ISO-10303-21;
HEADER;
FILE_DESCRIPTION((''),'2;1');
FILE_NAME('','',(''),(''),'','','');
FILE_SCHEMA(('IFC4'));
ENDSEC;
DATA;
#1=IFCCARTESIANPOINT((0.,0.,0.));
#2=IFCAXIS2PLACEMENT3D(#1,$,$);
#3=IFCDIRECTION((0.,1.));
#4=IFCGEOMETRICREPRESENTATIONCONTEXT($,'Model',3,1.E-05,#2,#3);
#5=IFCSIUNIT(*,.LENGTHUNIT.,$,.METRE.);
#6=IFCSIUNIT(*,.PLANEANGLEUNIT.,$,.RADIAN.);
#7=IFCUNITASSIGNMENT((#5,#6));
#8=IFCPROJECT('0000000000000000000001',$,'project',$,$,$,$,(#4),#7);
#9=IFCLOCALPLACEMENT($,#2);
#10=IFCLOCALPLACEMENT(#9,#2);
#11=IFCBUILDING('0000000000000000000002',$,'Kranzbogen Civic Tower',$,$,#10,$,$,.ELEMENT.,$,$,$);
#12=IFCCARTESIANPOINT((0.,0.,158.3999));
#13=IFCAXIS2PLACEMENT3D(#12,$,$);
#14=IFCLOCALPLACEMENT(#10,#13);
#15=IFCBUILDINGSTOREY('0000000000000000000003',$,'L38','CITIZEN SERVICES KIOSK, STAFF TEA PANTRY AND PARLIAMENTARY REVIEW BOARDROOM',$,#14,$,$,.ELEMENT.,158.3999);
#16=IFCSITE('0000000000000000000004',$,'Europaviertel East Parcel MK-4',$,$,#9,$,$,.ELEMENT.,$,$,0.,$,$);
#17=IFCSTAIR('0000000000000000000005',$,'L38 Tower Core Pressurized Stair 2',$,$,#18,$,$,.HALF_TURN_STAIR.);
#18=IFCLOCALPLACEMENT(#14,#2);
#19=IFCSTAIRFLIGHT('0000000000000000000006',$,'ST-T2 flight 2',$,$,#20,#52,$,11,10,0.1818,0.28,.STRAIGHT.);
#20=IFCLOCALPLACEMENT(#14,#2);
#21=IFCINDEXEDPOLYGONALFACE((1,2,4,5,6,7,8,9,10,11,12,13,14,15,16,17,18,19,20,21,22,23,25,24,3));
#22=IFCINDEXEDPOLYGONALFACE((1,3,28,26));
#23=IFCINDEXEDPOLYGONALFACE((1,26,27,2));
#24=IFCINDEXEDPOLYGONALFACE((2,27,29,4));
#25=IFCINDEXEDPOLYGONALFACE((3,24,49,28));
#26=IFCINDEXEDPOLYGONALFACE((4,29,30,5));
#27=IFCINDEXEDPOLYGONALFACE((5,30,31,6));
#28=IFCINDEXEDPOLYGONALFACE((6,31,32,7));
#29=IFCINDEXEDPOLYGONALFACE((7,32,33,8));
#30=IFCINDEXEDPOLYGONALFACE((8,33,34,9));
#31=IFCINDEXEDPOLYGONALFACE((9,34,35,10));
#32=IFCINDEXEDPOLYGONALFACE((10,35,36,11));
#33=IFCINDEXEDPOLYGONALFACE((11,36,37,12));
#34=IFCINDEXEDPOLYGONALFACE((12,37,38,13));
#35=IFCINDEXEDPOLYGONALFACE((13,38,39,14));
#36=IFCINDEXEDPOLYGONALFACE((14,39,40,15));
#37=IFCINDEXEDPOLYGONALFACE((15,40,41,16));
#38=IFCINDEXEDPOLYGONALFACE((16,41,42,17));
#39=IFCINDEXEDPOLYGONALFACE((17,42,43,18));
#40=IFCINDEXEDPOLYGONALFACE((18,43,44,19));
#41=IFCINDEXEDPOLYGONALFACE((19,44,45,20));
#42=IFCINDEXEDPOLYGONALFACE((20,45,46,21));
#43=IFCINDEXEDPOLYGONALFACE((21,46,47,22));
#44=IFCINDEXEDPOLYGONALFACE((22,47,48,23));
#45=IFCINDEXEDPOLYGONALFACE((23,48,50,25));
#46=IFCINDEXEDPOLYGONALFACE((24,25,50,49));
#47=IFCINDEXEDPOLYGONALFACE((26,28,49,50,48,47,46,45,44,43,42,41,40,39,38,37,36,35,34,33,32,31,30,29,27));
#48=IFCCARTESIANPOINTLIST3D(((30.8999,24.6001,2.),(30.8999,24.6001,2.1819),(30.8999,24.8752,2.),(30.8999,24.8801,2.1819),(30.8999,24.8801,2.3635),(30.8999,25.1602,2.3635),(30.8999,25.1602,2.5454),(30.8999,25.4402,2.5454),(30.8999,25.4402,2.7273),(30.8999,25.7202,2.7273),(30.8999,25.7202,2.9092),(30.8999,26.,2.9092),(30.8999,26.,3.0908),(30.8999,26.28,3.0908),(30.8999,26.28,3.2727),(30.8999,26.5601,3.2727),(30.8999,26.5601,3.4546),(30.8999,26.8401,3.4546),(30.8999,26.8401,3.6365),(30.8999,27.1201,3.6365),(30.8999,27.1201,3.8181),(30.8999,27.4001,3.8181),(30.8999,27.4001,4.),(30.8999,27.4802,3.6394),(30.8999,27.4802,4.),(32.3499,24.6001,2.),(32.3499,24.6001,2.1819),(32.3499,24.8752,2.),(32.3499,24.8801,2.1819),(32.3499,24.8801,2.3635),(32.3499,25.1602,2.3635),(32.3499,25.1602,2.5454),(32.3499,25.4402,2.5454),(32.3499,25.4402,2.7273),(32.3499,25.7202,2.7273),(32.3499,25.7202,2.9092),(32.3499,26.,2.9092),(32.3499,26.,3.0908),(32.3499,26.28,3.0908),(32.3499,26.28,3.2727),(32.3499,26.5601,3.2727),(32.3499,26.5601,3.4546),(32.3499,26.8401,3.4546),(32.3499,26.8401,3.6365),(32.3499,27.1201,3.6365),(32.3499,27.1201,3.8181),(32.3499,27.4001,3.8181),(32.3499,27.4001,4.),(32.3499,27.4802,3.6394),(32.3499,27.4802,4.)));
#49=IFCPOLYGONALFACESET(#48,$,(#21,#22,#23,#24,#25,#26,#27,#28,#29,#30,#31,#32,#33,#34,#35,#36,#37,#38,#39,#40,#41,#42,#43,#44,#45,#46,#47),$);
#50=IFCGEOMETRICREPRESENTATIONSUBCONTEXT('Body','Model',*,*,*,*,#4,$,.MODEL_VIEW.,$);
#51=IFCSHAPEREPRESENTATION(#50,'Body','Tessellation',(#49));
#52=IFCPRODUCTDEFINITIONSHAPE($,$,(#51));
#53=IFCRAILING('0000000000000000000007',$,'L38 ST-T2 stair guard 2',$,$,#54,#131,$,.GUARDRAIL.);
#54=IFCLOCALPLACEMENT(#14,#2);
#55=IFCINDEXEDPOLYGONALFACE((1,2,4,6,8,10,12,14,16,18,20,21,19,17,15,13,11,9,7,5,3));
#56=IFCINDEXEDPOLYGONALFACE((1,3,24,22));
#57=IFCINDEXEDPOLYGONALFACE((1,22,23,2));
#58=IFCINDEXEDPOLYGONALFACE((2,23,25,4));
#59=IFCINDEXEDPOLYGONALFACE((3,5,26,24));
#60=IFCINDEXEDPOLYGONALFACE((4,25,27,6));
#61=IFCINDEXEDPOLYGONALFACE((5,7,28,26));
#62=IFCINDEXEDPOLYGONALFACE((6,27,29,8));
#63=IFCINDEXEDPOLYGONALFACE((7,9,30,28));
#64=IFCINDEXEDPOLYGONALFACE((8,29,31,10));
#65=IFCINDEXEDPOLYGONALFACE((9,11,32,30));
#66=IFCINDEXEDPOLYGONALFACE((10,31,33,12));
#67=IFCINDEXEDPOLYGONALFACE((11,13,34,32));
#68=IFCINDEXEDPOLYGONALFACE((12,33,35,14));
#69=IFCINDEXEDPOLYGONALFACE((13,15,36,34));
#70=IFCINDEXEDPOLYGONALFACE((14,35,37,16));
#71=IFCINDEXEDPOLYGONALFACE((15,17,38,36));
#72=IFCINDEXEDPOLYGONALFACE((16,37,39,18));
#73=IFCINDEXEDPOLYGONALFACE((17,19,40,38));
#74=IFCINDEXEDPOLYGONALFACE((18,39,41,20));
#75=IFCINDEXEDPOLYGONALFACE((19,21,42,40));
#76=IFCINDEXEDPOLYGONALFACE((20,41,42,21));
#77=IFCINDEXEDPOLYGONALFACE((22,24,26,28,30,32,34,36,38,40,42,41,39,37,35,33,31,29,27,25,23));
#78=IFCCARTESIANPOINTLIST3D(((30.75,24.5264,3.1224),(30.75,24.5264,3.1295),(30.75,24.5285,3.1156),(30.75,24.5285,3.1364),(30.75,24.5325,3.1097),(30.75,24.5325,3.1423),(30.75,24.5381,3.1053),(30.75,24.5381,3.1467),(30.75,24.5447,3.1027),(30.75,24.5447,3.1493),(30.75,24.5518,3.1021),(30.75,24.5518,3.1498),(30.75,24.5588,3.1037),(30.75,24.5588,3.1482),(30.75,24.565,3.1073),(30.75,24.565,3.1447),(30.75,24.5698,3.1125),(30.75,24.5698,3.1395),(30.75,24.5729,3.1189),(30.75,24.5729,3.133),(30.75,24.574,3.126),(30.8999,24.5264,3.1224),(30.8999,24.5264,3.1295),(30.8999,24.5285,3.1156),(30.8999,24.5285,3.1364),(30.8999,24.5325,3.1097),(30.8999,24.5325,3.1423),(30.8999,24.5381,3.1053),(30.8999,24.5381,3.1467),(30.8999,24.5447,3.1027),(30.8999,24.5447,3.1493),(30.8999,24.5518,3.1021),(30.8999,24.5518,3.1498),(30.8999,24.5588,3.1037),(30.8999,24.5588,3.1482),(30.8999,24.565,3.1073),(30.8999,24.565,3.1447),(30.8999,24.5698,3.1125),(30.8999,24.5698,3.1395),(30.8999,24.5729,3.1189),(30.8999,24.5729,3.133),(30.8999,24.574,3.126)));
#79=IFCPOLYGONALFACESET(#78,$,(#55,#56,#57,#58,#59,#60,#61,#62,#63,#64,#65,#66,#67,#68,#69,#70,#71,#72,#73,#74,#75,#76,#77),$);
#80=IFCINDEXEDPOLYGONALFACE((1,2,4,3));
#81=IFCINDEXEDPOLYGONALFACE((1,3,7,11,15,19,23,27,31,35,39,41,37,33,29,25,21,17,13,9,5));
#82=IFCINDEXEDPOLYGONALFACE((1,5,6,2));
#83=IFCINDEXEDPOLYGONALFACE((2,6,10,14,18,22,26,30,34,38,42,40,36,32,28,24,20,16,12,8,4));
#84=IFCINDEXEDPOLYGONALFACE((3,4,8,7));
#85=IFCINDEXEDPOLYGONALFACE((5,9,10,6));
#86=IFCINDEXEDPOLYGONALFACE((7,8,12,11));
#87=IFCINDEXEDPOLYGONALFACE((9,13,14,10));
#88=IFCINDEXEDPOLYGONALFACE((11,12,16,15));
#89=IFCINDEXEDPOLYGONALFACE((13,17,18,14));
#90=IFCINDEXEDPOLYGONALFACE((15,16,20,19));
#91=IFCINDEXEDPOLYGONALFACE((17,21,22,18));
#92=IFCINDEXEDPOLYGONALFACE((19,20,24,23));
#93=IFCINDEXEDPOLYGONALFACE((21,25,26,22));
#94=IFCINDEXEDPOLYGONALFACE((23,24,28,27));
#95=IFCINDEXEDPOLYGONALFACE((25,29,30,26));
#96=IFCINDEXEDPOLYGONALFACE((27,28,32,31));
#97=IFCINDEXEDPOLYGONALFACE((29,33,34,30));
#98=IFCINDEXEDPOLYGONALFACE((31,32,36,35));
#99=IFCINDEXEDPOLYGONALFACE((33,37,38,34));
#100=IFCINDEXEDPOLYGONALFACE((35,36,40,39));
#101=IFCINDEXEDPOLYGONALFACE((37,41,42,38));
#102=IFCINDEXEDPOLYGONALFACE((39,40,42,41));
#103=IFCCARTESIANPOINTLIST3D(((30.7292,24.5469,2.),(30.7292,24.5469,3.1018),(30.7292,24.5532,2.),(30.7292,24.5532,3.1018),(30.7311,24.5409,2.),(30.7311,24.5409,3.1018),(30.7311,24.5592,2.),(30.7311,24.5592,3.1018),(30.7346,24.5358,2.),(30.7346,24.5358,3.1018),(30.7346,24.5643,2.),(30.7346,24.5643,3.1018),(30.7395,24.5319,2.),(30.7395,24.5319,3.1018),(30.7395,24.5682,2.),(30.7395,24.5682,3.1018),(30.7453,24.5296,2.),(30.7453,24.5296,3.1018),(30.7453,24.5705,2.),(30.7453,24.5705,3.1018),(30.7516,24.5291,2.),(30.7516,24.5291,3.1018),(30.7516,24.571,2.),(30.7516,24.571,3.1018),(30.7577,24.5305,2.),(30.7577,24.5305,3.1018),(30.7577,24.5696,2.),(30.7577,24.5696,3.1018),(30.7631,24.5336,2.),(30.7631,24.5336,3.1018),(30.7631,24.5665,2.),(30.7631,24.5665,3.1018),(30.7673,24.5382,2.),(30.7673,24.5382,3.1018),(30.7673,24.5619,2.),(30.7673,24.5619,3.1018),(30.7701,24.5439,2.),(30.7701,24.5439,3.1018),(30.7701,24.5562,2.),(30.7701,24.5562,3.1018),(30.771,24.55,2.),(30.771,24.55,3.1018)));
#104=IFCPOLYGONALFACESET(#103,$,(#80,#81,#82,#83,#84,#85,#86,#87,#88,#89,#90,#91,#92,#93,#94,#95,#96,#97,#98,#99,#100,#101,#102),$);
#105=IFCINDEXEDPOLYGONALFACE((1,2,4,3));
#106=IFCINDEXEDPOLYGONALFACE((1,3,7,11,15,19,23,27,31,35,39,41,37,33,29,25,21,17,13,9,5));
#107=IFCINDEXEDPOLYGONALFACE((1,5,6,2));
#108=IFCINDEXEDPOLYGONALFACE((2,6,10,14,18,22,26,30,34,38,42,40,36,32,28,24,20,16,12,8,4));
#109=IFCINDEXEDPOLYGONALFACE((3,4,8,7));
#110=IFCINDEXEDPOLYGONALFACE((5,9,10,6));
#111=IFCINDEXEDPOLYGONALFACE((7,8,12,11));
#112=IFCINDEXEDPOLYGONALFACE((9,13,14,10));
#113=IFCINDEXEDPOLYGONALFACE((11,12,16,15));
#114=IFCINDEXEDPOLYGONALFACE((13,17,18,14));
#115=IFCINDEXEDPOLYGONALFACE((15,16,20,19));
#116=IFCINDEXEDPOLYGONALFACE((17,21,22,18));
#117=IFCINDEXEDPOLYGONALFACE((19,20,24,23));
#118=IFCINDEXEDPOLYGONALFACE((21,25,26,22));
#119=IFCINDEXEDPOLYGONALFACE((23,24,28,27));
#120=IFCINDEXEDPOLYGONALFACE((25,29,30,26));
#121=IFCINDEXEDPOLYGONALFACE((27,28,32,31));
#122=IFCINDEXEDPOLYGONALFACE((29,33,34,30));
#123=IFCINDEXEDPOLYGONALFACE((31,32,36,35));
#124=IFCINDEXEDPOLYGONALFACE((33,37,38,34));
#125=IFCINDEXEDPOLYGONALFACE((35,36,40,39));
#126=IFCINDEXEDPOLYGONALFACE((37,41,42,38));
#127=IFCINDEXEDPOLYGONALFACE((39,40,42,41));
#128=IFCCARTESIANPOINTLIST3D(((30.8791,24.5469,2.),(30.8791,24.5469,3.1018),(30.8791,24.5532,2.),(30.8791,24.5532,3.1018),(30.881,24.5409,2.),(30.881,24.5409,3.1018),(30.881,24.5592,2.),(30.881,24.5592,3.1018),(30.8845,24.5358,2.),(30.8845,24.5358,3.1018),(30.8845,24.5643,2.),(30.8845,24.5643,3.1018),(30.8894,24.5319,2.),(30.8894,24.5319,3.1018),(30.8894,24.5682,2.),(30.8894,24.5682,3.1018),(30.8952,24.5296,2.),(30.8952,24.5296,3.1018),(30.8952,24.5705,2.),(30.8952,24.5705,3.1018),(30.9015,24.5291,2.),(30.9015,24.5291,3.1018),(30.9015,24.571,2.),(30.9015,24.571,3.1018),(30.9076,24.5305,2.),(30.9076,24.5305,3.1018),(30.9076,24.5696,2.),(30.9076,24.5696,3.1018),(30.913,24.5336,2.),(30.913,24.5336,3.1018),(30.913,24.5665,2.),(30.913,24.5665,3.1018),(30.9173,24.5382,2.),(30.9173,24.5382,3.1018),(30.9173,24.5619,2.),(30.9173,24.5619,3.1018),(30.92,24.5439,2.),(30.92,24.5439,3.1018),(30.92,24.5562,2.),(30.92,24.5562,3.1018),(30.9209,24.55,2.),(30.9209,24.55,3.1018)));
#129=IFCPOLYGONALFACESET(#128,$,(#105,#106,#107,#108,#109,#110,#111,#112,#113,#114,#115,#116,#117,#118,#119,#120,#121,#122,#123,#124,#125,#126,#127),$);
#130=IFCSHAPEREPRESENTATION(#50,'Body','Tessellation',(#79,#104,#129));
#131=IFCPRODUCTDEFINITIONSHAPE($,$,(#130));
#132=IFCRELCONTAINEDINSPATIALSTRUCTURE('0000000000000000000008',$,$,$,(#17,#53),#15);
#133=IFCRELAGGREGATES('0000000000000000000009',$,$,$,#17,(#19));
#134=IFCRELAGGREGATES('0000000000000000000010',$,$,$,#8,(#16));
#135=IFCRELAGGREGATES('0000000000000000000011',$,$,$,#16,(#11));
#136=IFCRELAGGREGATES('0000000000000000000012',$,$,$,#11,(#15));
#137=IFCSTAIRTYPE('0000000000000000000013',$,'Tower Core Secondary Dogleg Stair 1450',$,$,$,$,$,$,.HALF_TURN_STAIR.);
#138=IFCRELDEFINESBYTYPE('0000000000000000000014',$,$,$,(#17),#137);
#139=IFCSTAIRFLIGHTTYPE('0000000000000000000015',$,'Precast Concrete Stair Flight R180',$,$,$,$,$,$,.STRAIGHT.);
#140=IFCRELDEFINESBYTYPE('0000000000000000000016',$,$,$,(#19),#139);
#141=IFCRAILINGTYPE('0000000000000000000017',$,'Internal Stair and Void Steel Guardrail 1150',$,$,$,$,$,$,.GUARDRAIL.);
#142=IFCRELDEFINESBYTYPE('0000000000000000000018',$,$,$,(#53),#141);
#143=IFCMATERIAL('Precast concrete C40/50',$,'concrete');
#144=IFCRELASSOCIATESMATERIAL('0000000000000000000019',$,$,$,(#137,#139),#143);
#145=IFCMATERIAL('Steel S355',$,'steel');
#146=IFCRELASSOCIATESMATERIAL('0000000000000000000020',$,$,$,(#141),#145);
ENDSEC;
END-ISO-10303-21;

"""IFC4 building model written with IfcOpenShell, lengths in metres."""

from ifc_helpers import new_model, si_unit, direction, frame, origin, origin_2d, place, context, subcontext, project, spatial, polyline, circle, outline, extrude, material, type_object, element, aggregate, save


model = new_model("IFC4")

# Units and contexts
model_context = context("Model", 3, precision=1e-05, world=origin(), true_north=direction((0.0, 1.0)))
body_context = subcontext(model_context, "Body", "Model", "MODEL_VIEW")
ifc_project = project(units=[si_unit("LENGTHUNIT", "METRE"), si_unit("PLANEANGLEUNIT", "RADIAN")], contexts=[model_context])

# Site, building, storey
site_placement = place(None, origin())
site = spatial("IfcSite", under=ifc_project, at=site_placement, Name="Europaviertel East Parcel MK-4", CompositionType="ELEMENT", RefElevation=0.0)
building_placement = place(site_placement, origin())
building = spatial("IfcBuilding", under=site, at=building_placement, Name="Kranzbogen Civic Tower", CompositionType="ELEMENT")
storey_placement = place(building_placement, frame((0.0, 0.0, 158.3999)))
storey = spatial("IfcBuildingStorey", under=building, at=storey_placement, Name="L38", Description="CITIZEN SERVICES KIOSK, STAFF TEA PANTRY AND PARLIAMENTARY REVIEW BOARDROOM", CompositionType="ELEMENT", Elevation=158.3999)

# Shared definitions
ifc_material_1 = material(Name="Steel S355", Category="steel")

# Stair, stair flight
ifc_material_2 = material(Name="Precast concrete C40/50", Category="concrete")
stair_type = type_object("IfcStairType", Name="Tower Core Secondary Dogleg Stair 1450", PredefinedType="HALF_TURN_STAIR", material=ifc_material_2)
stair_placement = place(storey_placement, origin())
stair = element("IfcStair", 1, at=stair_placement, inside=storey, type_object=stair_type, Name="L38 Tower Core Pressurized Stair 2", PredefinedType="HALF_TURN_STAIR")
stair_flight_type = type_object("IfcStairFlightType", Name="Precast Concrete Stair Flight R180", PredefinedType="STRAIGHT", material=ifc_material_2)
stair_flight_placement = place(storey_placement, frame((31.625, 24.6001, 2.0), z_axis=(0.0, 0.0, 1.0), x_axis=(0.0, 1.0, 0.0)))
stair_flight = element("IfcStairFlight", 2, at=stair_flight_placement, type_object=stair_flight_type, Name="ST-T2 flight 2", NumberOfRisers=11, NumberOfTreads=10, PredefinedType="STRAIGHT", RiserHeight=0.1818, TreadLength=0.28, context=body_context, shape_type="SweptSolid", body=[
    extrude(outline(polyline([(0.0, 0.0), (0.0, 0.1819), (0.28, 0.1819), (0.28, 0.3635), (0.5601, 0.3635), (0.5601, 0.5454), (0.8401, 0.5454), (0.8401, 0.7273), (1.1201, 0.7273), (1.1201, 0.9092), (1.3999, 0.9092), (1.3999, 1.0908), (1.6799, 1.0908), (1.6799, 1.2727), (1.96, 1.2727), (1.96, 1.4546), (2.24, 1.4546), (2.24, 1.6365), (2.52, 1.6365), (2.52, 1.8181), (2.8, 1.8181), (2.8, 2.0), (2.8801, 2.0), (2.8801, 1.6394), (0.2751, 0.0), (0.0, 0.0)])), frame((0.0, 0.7251, 0.0), z_axis=(0.0, -1.0, 0.0), x_axis=(1.0, 0.0, 0.0)), (0.0, 0.0, 1.0), 1.45),
])
aggregate(stair, [stair_flight])

# Railing
railing_type = type_object("IfcRailingType", Name="Internal Stair and Void Steel Guardrail 1150", PredefinedType="GUARDRAIL", material=ifc_material_1)
railing_placement = place(storey_placement, frame((30.75, 24.55, 2.0)))
element("IfcRailing", 3, at=railing_placement, inside=storey, type_object=railing_type, Name="L38 ST-T2 stair guard 2", PredefinedType="GUARDRAIL", context=body_context, shape_type="SweptSolid", body=[
    extrude(circle(Radius=0.0239, at=origin_2d()), frame((0.0, 0.0, 1.126), z_axis=(1.0, 0.0, 0.0), x_axis=(0.0, 1.0, 0.0)), (0.0, 0.0, 1.0), 0.1499),
    extrude(circle(Radius=0.021, at=origin_2d()), origin(), (0.0, 0.0, 1.0), 1.1018),
    extrude(circle(Radius=0.021, at=origin_2d()), frame((0.1499, 0.0, 0.0)), (0.0, 0.0, 1.0), 1.1018),
])

save(model, "model.ifc")
